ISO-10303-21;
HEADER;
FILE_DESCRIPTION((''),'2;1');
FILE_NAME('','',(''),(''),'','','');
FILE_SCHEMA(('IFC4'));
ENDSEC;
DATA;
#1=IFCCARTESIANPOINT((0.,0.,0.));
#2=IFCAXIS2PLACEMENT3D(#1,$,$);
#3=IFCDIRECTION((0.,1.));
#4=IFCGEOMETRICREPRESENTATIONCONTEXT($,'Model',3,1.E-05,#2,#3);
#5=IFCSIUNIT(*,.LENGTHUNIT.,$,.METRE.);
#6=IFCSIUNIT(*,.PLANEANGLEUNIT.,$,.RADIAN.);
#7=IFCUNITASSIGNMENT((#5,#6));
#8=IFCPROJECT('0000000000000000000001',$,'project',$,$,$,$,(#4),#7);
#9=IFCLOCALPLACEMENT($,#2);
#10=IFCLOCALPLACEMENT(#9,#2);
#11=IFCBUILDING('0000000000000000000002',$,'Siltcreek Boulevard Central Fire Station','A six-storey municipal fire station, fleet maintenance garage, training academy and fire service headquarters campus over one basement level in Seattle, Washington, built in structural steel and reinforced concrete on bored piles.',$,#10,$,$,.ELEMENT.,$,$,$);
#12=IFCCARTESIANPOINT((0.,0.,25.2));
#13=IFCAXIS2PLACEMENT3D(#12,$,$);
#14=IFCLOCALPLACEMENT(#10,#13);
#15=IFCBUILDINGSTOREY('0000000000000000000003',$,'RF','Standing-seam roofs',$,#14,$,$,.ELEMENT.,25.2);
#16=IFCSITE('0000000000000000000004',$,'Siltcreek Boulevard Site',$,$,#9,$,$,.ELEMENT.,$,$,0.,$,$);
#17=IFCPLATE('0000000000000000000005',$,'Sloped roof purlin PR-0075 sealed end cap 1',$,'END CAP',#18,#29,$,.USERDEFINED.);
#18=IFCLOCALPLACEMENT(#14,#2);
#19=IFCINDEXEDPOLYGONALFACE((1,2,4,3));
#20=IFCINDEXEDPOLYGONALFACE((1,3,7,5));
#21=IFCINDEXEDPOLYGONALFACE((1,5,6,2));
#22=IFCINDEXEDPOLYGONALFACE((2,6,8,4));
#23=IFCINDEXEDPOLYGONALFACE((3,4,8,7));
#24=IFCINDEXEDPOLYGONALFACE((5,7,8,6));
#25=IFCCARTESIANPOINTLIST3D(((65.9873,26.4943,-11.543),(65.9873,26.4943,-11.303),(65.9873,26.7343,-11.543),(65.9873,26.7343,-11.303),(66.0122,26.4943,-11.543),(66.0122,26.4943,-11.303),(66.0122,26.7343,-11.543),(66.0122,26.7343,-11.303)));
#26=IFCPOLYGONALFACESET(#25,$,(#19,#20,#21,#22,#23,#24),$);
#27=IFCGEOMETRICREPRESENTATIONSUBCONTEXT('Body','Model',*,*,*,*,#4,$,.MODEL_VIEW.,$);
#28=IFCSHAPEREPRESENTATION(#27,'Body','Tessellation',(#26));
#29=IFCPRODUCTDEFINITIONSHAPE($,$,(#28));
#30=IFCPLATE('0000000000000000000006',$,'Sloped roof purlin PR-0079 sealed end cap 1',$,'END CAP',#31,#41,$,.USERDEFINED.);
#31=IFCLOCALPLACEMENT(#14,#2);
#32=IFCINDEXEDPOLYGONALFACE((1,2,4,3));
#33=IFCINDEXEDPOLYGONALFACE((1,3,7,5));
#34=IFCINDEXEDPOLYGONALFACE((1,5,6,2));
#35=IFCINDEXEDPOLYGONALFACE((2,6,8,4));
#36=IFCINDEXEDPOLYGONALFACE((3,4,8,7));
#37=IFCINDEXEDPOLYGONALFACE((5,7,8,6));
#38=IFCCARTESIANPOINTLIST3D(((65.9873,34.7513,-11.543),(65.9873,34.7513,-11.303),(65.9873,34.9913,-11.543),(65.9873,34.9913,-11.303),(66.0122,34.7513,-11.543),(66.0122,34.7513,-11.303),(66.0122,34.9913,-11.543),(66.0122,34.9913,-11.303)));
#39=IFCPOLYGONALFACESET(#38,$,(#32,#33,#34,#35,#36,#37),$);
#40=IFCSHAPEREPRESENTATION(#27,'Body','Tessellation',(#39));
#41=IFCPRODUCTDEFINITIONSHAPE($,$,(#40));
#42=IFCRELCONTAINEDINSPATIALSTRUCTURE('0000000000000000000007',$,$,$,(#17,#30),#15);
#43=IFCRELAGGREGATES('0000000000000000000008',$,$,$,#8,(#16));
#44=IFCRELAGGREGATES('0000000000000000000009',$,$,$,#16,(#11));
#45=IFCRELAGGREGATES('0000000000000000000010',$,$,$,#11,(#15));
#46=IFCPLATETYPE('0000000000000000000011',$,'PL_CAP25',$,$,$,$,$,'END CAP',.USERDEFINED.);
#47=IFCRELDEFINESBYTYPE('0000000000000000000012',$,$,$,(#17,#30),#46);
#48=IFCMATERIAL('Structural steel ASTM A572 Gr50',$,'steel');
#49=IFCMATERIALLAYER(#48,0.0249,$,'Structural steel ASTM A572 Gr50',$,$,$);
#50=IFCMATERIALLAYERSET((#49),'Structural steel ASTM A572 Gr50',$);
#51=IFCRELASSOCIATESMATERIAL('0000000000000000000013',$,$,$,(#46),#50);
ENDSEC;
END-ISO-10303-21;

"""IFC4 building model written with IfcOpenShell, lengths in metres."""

from ifc_helpers import new_model, si_unit, direction, frame, origin, origin_2d, place, context, subcontext, project, spatial, rectangle, extrude, material, layer, layer_set, type_object, element, save


model = new_model("IFC4")

# Units and contexts
model_context = context("Model", 3, precision=1e-05, world=origin(), true_north=direction((0.0, 1.0)))
body_context = subcontext(model_context, "Body", "Model", "MODEL_VIEW")
ifc_project = project(units=[si_unit("LENGTHUNIT", "METRE"), si_unit("PLANEANGLEUNIT", "RADIAN")], contexts=[model_context])

# Site, building, storey
site_placement = place(None, origin())
site = spatial("IfcSite", under=ifc_project, at=site_placement, Name="Siltcreek Boulevard Site", CompositionType="ELEMENT", RefElevation=0.0)
building_placement = place(site_placement, origin())
building = spatial("IfcBuilding", under=site, at=building_placement, Name="Siltcreek Boulevard Central Fire Station", Description="A six-storey municipal fire station, fleet maintenance garage, training academy and fire service headquarters campus over one basement level in Seattle, Washington, built in structural steel and reinforced concrete on bored piles.", CompositionType="ELEMENT")
storey_placement = place(building_placement, frame((0.0, 0.0, 25.2)))
storey = spatial("IfcBuildingStorey", under=building, at=storey_placement, Name="RF", Description="Standing-seam roofs", CompositionType="ELEMENT", Elevation=25.2)

# Plates
ifc_material_1 = material(Name="Structural steel ASTM A572 Gr50", Category="steel")
ifc_layer = layer(ifc_material_1, 0.0249, Name="Structural steel ASTM A572 Gr50")
ifc_layer_set = layer_set([ifc_layer], Name="Structural steel ASTM A572 Gr50")
plate_type = type_object("IfcPlateType", Name="PL_CAP25", ElementType="END CAP", PredefinedType="USERDEFINED", material=ifc_layer_set)
for number, where, z_axis, x_axis, name in (
    (1, (65.9998, 26.6143, -11.543), (0.0, 0.0, 1.0), (1.0, 0.0, 0.0), "Sloped roof purlin PR-0075 sealed end cap 1"),
    (2, (65.9998, 34.8713, -11.543), (0.0, 0.0, 1.0), (1.0, 0.0, 0.0), "Sloped roof purlin PR-0079 sealed end cap 1"),
):
    element("IfcPlate", number, at=place(storey_placement, frame(where, z_axis=z_axis, x_axis=x_axis)), inside=storey, type_object=plate_type, Name=name, ObjectType="END CAP", PredefinedType="USERDEFINED", context=body_context, shape_type="SweptSolid", body=[
        extrude(rectangle(XDim=0.0249, YDim=0.24, at=origin_2d()), origin(), (0.0, 0.0, 1.0), 0.24),
    ])

save(model, "model.ifc")
